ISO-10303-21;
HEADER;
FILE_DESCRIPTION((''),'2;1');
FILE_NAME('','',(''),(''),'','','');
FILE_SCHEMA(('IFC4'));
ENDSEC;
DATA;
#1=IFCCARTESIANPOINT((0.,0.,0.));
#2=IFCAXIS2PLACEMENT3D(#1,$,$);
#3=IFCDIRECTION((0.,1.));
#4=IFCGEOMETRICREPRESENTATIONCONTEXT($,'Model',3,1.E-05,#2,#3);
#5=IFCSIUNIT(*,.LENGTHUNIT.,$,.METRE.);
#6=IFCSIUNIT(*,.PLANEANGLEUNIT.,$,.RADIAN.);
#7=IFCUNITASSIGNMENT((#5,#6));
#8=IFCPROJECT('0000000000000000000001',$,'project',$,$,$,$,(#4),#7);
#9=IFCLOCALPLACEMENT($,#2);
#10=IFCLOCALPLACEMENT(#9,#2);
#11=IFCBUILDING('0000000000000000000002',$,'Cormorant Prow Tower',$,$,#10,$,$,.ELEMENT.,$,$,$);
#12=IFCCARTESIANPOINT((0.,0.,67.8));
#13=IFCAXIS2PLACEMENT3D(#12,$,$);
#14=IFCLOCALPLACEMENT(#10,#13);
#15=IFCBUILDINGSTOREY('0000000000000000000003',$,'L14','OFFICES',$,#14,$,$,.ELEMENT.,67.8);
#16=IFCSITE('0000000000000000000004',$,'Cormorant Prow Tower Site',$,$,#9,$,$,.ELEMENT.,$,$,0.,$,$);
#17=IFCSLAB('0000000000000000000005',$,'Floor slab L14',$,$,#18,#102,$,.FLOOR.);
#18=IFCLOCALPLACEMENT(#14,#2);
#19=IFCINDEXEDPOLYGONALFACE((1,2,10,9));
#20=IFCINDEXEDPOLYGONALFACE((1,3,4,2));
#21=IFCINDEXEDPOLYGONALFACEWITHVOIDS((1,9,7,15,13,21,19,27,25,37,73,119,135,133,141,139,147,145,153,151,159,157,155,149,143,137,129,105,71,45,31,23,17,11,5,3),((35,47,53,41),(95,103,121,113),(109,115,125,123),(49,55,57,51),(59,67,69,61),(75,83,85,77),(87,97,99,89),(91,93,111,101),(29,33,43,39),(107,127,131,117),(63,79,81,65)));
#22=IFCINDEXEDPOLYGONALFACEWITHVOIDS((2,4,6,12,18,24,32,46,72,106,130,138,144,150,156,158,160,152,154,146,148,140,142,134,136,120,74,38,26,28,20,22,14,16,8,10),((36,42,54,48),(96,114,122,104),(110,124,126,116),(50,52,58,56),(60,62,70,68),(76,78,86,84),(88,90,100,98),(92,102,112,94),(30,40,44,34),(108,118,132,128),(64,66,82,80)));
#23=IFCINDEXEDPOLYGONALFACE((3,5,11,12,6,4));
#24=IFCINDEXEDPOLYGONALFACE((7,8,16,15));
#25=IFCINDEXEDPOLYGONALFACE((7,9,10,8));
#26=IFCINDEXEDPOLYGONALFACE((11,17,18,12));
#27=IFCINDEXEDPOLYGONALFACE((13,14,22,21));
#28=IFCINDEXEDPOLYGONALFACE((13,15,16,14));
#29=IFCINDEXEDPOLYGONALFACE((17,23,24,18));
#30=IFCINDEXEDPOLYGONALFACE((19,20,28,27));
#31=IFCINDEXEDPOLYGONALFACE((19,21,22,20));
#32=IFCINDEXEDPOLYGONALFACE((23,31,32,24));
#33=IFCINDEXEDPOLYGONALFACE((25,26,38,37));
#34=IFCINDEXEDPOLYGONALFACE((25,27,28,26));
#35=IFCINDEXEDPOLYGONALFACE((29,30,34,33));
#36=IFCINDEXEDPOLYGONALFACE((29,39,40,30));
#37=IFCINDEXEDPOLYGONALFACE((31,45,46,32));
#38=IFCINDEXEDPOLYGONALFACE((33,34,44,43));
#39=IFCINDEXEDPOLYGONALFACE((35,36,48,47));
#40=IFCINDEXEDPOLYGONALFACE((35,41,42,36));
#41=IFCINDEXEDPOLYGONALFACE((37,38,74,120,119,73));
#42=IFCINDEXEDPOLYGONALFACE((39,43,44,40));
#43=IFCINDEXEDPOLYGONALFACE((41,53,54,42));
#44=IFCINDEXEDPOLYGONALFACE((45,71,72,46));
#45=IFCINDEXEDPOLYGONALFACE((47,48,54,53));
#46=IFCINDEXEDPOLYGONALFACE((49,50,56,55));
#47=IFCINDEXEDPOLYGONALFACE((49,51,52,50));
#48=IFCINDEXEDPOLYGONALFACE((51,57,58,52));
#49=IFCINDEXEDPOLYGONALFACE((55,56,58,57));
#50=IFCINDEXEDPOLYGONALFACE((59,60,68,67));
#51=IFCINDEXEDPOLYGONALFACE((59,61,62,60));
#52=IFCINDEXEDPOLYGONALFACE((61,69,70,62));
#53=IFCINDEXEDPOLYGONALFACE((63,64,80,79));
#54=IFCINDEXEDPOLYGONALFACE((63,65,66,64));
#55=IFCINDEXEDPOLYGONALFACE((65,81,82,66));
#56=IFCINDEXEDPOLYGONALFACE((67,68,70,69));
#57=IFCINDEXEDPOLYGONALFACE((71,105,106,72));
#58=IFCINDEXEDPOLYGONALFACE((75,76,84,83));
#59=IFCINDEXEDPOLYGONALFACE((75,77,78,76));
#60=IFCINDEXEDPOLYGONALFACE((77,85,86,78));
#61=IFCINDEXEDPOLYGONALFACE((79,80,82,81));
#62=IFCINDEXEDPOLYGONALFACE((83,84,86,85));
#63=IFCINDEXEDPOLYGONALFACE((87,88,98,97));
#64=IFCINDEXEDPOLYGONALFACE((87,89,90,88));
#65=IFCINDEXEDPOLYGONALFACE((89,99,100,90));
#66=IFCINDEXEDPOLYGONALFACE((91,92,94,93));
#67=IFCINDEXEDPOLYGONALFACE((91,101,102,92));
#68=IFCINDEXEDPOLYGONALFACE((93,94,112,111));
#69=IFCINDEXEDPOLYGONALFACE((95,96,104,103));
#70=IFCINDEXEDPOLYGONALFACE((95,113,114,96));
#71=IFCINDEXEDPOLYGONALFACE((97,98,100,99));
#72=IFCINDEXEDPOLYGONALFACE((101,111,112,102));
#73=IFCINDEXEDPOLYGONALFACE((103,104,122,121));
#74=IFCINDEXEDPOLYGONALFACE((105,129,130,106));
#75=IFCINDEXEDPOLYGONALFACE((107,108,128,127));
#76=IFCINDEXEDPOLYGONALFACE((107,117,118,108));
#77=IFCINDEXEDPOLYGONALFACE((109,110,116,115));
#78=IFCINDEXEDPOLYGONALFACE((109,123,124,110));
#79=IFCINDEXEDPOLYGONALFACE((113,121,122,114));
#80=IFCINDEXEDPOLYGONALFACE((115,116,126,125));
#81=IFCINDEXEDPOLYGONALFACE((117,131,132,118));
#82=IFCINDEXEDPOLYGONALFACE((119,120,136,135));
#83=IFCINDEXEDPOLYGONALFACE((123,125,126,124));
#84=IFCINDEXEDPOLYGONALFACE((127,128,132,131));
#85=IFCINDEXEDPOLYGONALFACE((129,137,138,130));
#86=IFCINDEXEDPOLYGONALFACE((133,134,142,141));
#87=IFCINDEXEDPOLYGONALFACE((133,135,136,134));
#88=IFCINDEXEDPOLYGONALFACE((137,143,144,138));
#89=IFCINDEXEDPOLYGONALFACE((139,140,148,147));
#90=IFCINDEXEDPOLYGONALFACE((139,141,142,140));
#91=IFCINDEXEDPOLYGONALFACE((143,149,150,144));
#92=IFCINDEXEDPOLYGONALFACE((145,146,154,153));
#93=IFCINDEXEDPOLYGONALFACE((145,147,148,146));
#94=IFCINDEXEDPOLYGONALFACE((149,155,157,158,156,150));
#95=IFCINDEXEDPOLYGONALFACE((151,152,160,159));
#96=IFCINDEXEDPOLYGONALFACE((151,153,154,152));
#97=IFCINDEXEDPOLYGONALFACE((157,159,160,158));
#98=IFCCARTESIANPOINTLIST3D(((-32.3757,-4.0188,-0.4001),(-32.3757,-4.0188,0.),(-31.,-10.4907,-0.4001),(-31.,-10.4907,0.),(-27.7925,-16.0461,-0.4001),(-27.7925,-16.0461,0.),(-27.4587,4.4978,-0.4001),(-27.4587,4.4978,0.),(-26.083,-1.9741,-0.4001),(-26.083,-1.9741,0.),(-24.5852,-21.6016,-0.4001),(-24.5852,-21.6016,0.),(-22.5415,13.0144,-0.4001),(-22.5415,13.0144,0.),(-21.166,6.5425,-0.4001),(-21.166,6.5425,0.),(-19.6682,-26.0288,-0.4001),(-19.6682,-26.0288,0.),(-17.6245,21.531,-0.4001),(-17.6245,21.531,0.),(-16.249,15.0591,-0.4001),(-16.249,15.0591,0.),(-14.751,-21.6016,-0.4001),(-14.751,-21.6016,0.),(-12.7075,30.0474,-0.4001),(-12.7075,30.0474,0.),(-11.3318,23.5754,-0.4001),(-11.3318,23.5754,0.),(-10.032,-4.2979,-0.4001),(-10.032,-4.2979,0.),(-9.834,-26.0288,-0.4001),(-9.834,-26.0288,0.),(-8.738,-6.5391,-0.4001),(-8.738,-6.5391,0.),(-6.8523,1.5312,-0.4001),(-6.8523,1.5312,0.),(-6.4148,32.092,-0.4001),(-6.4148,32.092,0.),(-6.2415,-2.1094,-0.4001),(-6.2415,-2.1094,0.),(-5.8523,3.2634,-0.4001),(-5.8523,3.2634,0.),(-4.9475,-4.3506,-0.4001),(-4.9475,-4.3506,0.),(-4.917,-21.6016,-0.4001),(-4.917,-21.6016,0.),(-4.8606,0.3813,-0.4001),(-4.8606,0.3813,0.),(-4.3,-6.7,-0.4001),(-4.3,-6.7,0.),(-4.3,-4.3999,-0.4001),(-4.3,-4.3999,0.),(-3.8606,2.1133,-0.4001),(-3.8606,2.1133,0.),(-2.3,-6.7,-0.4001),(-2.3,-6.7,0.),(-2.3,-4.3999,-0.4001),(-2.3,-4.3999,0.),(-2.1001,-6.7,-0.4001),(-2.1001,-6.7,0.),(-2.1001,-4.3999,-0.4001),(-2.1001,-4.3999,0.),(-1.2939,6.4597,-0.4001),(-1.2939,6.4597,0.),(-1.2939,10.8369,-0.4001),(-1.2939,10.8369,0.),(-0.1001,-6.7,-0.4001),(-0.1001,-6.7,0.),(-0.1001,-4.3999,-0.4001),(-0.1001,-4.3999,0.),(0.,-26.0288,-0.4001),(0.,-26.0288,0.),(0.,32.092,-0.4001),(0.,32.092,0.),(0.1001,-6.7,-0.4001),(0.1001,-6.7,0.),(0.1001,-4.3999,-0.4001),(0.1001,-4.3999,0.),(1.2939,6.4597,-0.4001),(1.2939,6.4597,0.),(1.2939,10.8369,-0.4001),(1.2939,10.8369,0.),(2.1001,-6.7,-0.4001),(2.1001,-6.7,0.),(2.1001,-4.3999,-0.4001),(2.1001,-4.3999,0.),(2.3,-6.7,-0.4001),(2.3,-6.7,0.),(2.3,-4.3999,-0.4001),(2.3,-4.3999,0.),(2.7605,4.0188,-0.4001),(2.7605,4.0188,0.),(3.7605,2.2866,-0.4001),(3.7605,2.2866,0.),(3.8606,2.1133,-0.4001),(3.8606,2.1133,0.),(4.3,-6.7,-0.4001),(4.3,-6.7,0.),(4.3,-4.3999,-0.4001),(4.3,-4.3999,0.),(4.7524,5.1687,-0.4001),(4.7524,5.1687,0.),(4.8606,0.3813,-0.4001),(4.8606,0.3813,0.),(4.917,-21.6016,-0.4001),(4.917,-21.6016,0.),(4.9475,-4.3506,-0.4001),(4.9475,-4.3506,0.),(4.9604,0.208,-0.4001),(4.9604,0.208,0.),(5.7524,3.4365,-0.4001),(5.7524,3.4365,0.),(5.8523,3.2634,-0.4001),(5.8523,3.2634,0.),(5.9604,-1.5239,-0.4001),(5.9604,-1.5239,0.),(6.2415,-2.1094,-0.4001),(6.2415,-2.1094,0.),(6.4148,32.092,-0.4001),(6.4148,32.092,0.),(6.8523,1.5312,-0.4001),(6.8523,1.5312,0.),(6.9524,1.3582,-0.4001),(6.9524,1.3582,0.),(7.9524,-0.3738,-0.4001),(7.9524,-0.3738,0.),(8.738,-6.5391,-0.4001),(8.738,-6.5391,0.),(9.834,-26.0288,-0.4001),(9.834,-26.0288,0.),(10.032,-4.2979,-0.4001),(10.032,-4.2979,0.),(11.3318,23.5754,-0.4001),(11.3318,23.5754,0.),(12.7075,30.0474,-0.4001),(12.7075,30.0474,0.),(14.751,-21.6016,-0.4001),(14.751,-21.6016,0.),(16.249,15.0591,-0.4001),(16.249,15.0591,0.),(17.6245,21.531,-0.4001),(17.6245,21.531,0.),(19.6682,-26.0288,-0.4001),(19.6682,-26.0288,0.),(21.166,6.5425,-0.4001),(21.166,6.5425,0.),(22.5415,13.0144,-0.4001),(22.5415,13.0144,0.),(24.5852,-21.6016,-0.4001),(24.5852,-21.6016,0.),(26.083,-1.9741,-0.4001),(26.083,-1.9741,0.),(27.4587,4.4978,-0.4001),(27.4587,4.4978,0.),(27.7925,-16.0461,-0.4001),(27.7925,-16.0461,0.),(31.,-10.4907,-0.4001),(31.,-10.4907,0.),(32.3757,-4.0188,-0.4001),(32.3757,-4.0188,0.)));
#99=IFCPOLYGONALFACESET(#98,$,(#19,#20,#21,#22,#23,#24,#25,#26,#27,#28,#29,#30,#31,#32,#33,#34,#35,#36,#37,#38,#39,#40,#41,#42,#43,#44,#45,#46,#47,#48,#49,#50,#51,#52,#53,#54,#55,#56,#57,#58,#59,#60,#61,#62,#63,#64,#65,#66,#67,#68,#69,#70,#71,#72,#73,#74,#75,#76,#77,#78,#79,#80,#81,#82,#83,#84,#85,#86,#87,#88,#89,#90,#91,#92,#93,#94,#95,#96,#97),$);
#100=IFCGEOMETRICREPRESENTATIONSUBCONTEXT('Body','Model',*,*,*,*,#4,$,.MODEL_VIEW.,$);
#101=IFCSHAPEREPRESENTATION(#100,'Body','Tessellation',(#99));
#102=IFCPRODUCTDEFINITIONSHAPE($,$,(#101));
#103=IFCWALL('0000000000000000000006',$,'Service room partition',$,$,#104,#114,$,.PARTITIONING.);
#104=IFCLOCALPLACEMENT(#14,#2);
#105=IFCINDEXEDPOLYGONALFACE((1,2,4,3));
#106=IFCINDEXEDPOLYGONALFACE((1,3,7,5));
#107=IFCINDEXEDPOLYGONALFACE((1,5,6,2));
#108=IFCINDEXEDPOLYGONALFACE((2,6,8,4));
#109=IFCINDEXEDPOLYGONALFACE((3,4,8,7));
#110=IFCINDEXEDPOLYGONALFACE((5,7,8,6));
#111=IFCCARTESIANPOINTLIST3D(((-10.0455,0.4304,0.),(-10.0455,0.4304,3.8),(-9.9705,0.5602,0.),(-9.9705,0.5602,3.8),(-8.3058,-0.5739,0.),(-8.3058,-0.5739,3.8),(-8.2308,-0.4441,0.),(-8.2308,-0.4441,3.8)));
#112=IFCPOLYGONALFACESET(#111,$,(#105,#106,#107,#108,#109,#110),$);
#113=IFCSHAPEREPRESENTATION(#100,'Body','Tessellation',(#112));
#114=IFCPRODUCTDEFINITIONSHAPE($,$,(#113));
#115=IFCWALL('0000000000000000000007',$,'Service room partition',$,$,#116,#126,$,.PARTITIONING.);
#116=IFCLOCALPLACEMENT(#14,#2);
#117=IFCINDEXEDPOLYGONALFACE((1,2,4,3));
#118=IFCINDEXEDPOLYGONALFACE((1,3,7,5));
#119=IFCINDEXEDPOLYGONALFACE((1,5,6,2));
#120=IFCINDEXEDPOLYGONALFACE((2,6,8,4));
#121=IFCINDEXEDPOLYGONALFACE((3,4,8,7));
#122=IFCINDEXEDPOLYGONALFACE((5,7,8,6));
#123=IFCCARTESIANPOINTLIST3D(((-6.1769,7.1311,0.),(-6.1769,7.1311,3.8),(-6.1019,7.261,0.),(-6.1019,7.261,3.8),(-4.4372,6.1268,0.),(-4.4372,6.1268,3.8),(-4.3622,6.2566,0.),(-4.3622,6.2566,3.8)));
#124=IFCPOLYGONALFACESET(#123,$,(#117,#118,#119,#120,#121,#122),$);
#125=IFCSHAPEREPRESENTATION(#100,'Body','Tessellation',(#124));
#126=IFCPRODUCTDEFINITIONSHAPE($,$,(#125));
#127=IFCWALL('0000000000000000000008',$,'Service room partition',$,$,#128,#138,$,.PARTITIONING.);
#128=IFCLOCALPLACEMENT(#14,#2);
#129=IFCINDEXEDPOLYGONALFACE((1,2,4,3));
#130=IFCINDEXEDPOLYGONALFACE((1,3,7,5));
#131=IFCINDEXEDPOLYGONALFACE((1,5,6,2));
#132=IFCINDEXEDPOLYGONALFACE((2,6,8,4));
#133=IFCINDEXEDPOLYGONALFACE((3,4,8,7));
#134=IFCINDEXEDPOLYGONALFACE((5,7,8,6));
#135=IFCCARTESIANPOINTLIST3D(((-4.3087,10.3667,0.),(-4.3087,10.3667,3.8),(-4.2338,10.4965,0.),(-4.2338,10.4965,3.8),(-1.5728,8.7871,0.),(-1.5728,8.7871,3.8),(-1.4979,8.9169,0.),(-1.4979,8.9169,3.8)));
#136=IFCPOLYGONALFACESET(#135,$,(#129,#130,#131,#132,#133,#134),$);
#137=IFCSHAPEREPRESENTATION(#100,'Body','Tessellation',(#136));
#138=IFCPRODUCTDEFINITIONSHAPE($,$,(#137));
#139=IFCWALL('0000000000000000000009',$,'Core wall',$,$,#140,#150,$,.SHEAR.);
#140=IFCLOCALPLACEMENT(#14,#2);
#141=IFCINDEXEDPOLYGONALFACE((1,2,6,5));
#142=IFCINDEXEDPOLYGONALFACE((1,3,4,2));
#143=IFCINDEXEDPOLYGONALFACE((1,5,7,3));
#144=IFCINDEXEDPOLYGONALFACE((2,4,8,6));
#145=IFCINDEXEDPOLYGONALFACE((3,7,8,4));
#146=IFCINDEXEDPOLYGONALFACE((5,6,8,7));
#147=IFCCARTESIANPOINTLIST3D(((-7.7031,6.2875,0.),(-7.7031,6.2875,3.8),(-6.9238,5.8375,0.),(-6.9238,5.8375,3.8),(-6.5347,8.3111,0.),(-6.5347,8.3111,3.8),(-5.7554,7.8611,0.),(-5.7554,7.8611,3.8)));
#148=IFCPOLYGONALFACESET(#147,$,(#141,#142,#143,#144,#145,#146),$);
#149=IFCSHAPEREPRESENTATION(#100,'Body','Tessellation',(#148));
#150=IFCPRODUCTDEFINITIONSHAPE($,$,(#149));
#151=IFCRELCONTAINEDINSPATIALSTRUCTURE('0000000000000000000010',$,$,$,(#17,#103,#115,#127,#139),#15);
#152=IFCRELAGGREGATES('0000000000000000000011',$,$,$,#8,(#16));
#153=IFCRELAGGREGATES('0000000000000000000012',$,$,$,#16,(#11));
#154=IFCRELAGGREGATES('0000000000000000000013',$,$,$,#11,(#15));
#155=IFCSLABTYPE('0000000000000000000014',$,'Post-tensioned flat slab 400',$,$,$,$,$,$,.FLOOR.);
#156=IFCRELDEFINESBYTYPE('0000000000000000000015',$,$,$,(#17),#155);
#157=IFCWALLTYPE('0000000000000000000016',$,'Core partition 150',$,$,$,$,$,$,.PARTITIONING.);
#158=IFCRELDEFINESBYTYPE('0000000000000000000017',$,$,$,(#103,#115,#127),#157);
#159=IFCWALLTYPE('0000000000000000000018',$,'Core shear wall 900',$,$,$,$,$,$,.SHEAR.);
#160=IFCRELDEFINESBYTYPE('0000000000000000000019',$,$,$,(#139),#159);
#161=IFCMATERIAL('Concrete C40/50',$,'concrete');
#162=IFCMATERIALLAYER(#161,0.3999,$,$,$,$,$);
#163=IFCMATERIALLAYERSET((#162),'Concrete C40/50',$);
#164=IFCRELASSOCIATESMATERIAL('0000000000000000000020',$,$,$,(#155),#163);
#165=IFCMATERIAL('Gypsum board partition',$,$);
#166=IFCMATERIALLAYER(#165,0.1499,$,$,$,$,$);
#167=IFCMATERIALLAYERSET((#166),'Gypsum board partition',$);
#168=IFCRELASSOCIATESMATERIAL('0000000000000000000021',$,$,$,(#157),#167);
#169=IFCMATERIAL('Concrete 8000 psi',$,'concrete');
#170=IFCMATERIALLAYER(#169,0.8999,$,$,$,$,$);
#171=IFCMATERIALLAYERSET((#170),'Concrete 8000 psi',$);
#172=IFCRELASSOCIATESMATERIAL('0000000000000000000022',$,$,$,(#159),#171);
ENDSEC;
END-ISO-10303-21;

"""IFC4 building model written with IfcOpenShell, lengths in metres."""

from ifc_helpers import new_model, si_unit, direction, frame, frame_2d, origin, place, context, subcontext, project, spatial, polyline, rectangle, outline, extrude, material, layer, layer_set, type_object, element, save


model = new_model("IFC4")

# Units and contexts
model_context = context("Model", 3, precision=1e-05, world=origin(), true_north=direction((0.0, 1.0)))
body_context = subcontext(model_context, "Body", "Model", "MODEL_VIEW")
ifc_project = project(units=[si_unit("LENGTHUNIT", "METRE"), si_unit("PLANEANGLEUNIT", "RADIAN")], contexts=[model_context])

# Site, building, storey
site_placement = place(None, origin())
site = spatial("IfcSite", under=ifc_project, at=site_placement, Name="Cormorant Prow Tower Site", CompositionType="ELEMENT", RefElevation=0.0)
building_placement = place(site_placement, origin())
building = spatial("IfcBuilding", under=site, at=building_placement, Name="Cormorant Prow Tower", CompositionType="ELEMENT")
storey_placement = place(building_placement, frame((0.0, 0.0, 67.8)))
storey = spatial("IfcBuildingStorey", under=building, at=storey_placement, Name="L14", Description="OFFICES", CompositionType="ELEMENT", Elevation=67.8)

# Slab
ifc_material_1 = material(Name="Concrete C40/50", Category="concrete")
ifc_layer_1 = layer(ifc_material_1, 0.3999)
ifc_layer_set_1 = layer_set([ifc_layer_1], Name="Concrete C40/50")
slab_type_1 = type_object("IfcSlabType", Name="Post-tensioned flat slab 400", PredefinedType="FLOOR", material=ifc_layer_set_1)
slab_1_placement = place(storey_placement, frame((0.0, 0.0, -0.4001)))
element("IfcSlab", 1, at=slab_1_placement, inside=storey, type_object=slab_type_1, Name="Floor slab L14", PredefinedType="FLOOR", context=body_context, shape_type="SweptSolid", body=[
    extrude(outline(polyline([(-12.7075, 30.0474), (-11.3318, 23.5754), (-17.6245, 21.531), (-16.249, 15.0591), (-22.5415, 13.0144), (-21.166, 6.5425), (-27.4587, 4.4978), (-26.083, -1.9741), (-32.3757, -4.0188), (-31.0, -10.4907), (-27.7925, -16.0461), (-24.5852, -21.6016), (-19.6682, -26.0288), (-14.751, -21.6016), (-9.834, -26.0288), (-4.917, -21.6016), (0.0, -26.0288), (4.917, -21.6016), (9.834, -26.0288), (14.751, -21.6016), (19.6682, -26.0288), (24.5852, -21.6016), (27.7925, -16.0461), (31.0, -10.4907), (32.3757, -4.0188), (26.083, -1.9741), (27.4587, 4.4978), (21.166, 6.5425), (22.5415, 13.0144), (16.249, 15.0591), (17.6245, 21.531), (11.3318, 23.5754), (12.7075, 30.0474), (6.4148, 32.092), (0.0, 32.092), (-6.4148, 32.092), (-12.7075, 30.0474)]), holes=[polyline([(-4.3, -6.7), (-4.3, -4.3999), (-2.3, -4.3999), (-2.3, -6.7), (-4.3, -6.7)]), polyline([(-2.1001, -4.3999), (-0.1001, -4.3999), (-0.1001, -6.7), (-2.1001, -6.7), (-2.1001, -4.3999)]), polyline([(2.1001, -4.3999), (2.1001, -6.7), (0.1001, -6.7), (0.1001, -4.3999), (2.1001, -4.3999)]), polyline([(4.3, -6.7), (2.3, -6.7), (2.3, -4.3999), (4.3, -4.3999), (4.3, -6.7)]), polyline([(7.9524, -0.3738), (5.9604, -1.5239), (4.9604, 0.208), (6.9524, 1.3582), (7.9524, -0.3738)]), polyline([(4.8606, 0.3813), (3.8606, 2.1133), (5.8523, 3.2634), (6.8523, 1.5312), (4.8606, 0.3813)]), polyline([(2.7605, 4.0188), (4.7524, 5.1687), (5.7524, 3.4365), (3.7605, 2.2866), (2.7605, 4.0188)]), polyline([(-6.8523, 1.5312), (-5.8523, 3.2634), (-3.8606, 2.1133), (-4.8606, 0.3813), (-6.8523, 1.5312)]), polyline([(-4.9475, -4.3506), (-8.738, -6.5391), (-10.032, -4.2979), (-6.2415, -2.1094), (-4.9475, -4.3506)]), polyline([(10.032, -4.2979), (8.738, -6.5391), (4.9475, -4.3506), (6.2415, -2.1094), (10.032, -4.2979)]), polyline([(1.2939, 10.8369), (1.2939, 6.4597), (-1.2939, 6.4597), (-1.2939, 10.8369), (1.2939, 10.8369)])]), origin(), (0.0, 0.0, 1.0), 0.4001),
])

# Walls
ifc_material_2 = material(Name="Gypsum board partition")
ifc_layer_2 = layer(ifc_material_2, 0.1499)
ifc_layer_set_2 = layer_set([ifc_layer_2], Name="Gypsum board partition")
wall_type_1 = type_object("IfcWallType", Name="Core partition 150", PredefinedType="PARTITIONING", material=ifc_layer_set_2)
for number, where, z_axis, x_axis, name in (
    (2, (-8.2683, -0.509, 0.0), (0.0, 0.0, 1.0), (-0.866036, 0.499982, 0.0), "Service room partition"),
    (3, (-6.1394, 7.196, 0.0), (0.0, 0.0, 1.0), (0.866036, -0.499982, 0.0), "Service room partition"),
):
    element("IfcWall", number, at=place(storey_placement, frame(where, z_axis=z_axis, x_axis=x_axis)), inside=storey, type_object=wall_type_1, Name=name, PredefinedType="PARTITIONING", context=body_context, shape_type="SweptSolid", body=[
        extrude(rectangle(XDim=2.0088, YDim=0.1499, at=frame_2d((1.0044, 0.0))), origin(), (0.0, 0.0, 1.0), 3.8),
    ])
wall_1_placement = place(storey_placement, frame((-4.2712, 10.4316, 0.0), z_axis=(0.0, 0.0, 1.0), x_axis=(0.866018, -0.500012, 0.0)))
element("IfcWall", 4, at=wall_1_placement, inside=storey, type_object=wall_type_1, Name="Service room partition", PredefinedType="PARTITIONING", context=body_context, shape_type="SweptSolid", body=[
    extrude(rectangle(XDim=3.1592, YDim=0.1499, at=frame_2d((1.5796, 0.0))), origin(), (0.0, 0.0, 1.0), 3.8),
])
ifc_material_3 = material(Name="Concrete 8000 psi", Category="concrete")
ifc_layer_3 = layer(ifc_material_3, 0.8999)
ifc_layer_set_3 = layer_set([ifc_layer_3], Name="Concrete 8000 psi")
wall_type_2 = type_object("IfcWallType", Name="Core shear wall 900", PredefinedType="SHEAR", material=ifc_layer_set_3)
wall_2_placement = place(storey_placement, frame((-6.145, 8.0862, 0.0), z_axis=(0.0, 0.0, 1.0), x_axis=(-0.500027, -0.86601, 0.0)))
element("IfcWall", 5, at=wall_2_placement, inside=storey, type_object=wall_type_2, Name="Core wall", PredefinedType="SHEAR", context=body_context, shape_type="SweptSolid", body=[
    extrude(rectangle(XDim=2.3367, YDim=0.8999, at=frame_2d((1.1685, 0.0))), origin(), (0.0, 0.0, 1.0), 3.8),
])

save(model, "model.ifc")
